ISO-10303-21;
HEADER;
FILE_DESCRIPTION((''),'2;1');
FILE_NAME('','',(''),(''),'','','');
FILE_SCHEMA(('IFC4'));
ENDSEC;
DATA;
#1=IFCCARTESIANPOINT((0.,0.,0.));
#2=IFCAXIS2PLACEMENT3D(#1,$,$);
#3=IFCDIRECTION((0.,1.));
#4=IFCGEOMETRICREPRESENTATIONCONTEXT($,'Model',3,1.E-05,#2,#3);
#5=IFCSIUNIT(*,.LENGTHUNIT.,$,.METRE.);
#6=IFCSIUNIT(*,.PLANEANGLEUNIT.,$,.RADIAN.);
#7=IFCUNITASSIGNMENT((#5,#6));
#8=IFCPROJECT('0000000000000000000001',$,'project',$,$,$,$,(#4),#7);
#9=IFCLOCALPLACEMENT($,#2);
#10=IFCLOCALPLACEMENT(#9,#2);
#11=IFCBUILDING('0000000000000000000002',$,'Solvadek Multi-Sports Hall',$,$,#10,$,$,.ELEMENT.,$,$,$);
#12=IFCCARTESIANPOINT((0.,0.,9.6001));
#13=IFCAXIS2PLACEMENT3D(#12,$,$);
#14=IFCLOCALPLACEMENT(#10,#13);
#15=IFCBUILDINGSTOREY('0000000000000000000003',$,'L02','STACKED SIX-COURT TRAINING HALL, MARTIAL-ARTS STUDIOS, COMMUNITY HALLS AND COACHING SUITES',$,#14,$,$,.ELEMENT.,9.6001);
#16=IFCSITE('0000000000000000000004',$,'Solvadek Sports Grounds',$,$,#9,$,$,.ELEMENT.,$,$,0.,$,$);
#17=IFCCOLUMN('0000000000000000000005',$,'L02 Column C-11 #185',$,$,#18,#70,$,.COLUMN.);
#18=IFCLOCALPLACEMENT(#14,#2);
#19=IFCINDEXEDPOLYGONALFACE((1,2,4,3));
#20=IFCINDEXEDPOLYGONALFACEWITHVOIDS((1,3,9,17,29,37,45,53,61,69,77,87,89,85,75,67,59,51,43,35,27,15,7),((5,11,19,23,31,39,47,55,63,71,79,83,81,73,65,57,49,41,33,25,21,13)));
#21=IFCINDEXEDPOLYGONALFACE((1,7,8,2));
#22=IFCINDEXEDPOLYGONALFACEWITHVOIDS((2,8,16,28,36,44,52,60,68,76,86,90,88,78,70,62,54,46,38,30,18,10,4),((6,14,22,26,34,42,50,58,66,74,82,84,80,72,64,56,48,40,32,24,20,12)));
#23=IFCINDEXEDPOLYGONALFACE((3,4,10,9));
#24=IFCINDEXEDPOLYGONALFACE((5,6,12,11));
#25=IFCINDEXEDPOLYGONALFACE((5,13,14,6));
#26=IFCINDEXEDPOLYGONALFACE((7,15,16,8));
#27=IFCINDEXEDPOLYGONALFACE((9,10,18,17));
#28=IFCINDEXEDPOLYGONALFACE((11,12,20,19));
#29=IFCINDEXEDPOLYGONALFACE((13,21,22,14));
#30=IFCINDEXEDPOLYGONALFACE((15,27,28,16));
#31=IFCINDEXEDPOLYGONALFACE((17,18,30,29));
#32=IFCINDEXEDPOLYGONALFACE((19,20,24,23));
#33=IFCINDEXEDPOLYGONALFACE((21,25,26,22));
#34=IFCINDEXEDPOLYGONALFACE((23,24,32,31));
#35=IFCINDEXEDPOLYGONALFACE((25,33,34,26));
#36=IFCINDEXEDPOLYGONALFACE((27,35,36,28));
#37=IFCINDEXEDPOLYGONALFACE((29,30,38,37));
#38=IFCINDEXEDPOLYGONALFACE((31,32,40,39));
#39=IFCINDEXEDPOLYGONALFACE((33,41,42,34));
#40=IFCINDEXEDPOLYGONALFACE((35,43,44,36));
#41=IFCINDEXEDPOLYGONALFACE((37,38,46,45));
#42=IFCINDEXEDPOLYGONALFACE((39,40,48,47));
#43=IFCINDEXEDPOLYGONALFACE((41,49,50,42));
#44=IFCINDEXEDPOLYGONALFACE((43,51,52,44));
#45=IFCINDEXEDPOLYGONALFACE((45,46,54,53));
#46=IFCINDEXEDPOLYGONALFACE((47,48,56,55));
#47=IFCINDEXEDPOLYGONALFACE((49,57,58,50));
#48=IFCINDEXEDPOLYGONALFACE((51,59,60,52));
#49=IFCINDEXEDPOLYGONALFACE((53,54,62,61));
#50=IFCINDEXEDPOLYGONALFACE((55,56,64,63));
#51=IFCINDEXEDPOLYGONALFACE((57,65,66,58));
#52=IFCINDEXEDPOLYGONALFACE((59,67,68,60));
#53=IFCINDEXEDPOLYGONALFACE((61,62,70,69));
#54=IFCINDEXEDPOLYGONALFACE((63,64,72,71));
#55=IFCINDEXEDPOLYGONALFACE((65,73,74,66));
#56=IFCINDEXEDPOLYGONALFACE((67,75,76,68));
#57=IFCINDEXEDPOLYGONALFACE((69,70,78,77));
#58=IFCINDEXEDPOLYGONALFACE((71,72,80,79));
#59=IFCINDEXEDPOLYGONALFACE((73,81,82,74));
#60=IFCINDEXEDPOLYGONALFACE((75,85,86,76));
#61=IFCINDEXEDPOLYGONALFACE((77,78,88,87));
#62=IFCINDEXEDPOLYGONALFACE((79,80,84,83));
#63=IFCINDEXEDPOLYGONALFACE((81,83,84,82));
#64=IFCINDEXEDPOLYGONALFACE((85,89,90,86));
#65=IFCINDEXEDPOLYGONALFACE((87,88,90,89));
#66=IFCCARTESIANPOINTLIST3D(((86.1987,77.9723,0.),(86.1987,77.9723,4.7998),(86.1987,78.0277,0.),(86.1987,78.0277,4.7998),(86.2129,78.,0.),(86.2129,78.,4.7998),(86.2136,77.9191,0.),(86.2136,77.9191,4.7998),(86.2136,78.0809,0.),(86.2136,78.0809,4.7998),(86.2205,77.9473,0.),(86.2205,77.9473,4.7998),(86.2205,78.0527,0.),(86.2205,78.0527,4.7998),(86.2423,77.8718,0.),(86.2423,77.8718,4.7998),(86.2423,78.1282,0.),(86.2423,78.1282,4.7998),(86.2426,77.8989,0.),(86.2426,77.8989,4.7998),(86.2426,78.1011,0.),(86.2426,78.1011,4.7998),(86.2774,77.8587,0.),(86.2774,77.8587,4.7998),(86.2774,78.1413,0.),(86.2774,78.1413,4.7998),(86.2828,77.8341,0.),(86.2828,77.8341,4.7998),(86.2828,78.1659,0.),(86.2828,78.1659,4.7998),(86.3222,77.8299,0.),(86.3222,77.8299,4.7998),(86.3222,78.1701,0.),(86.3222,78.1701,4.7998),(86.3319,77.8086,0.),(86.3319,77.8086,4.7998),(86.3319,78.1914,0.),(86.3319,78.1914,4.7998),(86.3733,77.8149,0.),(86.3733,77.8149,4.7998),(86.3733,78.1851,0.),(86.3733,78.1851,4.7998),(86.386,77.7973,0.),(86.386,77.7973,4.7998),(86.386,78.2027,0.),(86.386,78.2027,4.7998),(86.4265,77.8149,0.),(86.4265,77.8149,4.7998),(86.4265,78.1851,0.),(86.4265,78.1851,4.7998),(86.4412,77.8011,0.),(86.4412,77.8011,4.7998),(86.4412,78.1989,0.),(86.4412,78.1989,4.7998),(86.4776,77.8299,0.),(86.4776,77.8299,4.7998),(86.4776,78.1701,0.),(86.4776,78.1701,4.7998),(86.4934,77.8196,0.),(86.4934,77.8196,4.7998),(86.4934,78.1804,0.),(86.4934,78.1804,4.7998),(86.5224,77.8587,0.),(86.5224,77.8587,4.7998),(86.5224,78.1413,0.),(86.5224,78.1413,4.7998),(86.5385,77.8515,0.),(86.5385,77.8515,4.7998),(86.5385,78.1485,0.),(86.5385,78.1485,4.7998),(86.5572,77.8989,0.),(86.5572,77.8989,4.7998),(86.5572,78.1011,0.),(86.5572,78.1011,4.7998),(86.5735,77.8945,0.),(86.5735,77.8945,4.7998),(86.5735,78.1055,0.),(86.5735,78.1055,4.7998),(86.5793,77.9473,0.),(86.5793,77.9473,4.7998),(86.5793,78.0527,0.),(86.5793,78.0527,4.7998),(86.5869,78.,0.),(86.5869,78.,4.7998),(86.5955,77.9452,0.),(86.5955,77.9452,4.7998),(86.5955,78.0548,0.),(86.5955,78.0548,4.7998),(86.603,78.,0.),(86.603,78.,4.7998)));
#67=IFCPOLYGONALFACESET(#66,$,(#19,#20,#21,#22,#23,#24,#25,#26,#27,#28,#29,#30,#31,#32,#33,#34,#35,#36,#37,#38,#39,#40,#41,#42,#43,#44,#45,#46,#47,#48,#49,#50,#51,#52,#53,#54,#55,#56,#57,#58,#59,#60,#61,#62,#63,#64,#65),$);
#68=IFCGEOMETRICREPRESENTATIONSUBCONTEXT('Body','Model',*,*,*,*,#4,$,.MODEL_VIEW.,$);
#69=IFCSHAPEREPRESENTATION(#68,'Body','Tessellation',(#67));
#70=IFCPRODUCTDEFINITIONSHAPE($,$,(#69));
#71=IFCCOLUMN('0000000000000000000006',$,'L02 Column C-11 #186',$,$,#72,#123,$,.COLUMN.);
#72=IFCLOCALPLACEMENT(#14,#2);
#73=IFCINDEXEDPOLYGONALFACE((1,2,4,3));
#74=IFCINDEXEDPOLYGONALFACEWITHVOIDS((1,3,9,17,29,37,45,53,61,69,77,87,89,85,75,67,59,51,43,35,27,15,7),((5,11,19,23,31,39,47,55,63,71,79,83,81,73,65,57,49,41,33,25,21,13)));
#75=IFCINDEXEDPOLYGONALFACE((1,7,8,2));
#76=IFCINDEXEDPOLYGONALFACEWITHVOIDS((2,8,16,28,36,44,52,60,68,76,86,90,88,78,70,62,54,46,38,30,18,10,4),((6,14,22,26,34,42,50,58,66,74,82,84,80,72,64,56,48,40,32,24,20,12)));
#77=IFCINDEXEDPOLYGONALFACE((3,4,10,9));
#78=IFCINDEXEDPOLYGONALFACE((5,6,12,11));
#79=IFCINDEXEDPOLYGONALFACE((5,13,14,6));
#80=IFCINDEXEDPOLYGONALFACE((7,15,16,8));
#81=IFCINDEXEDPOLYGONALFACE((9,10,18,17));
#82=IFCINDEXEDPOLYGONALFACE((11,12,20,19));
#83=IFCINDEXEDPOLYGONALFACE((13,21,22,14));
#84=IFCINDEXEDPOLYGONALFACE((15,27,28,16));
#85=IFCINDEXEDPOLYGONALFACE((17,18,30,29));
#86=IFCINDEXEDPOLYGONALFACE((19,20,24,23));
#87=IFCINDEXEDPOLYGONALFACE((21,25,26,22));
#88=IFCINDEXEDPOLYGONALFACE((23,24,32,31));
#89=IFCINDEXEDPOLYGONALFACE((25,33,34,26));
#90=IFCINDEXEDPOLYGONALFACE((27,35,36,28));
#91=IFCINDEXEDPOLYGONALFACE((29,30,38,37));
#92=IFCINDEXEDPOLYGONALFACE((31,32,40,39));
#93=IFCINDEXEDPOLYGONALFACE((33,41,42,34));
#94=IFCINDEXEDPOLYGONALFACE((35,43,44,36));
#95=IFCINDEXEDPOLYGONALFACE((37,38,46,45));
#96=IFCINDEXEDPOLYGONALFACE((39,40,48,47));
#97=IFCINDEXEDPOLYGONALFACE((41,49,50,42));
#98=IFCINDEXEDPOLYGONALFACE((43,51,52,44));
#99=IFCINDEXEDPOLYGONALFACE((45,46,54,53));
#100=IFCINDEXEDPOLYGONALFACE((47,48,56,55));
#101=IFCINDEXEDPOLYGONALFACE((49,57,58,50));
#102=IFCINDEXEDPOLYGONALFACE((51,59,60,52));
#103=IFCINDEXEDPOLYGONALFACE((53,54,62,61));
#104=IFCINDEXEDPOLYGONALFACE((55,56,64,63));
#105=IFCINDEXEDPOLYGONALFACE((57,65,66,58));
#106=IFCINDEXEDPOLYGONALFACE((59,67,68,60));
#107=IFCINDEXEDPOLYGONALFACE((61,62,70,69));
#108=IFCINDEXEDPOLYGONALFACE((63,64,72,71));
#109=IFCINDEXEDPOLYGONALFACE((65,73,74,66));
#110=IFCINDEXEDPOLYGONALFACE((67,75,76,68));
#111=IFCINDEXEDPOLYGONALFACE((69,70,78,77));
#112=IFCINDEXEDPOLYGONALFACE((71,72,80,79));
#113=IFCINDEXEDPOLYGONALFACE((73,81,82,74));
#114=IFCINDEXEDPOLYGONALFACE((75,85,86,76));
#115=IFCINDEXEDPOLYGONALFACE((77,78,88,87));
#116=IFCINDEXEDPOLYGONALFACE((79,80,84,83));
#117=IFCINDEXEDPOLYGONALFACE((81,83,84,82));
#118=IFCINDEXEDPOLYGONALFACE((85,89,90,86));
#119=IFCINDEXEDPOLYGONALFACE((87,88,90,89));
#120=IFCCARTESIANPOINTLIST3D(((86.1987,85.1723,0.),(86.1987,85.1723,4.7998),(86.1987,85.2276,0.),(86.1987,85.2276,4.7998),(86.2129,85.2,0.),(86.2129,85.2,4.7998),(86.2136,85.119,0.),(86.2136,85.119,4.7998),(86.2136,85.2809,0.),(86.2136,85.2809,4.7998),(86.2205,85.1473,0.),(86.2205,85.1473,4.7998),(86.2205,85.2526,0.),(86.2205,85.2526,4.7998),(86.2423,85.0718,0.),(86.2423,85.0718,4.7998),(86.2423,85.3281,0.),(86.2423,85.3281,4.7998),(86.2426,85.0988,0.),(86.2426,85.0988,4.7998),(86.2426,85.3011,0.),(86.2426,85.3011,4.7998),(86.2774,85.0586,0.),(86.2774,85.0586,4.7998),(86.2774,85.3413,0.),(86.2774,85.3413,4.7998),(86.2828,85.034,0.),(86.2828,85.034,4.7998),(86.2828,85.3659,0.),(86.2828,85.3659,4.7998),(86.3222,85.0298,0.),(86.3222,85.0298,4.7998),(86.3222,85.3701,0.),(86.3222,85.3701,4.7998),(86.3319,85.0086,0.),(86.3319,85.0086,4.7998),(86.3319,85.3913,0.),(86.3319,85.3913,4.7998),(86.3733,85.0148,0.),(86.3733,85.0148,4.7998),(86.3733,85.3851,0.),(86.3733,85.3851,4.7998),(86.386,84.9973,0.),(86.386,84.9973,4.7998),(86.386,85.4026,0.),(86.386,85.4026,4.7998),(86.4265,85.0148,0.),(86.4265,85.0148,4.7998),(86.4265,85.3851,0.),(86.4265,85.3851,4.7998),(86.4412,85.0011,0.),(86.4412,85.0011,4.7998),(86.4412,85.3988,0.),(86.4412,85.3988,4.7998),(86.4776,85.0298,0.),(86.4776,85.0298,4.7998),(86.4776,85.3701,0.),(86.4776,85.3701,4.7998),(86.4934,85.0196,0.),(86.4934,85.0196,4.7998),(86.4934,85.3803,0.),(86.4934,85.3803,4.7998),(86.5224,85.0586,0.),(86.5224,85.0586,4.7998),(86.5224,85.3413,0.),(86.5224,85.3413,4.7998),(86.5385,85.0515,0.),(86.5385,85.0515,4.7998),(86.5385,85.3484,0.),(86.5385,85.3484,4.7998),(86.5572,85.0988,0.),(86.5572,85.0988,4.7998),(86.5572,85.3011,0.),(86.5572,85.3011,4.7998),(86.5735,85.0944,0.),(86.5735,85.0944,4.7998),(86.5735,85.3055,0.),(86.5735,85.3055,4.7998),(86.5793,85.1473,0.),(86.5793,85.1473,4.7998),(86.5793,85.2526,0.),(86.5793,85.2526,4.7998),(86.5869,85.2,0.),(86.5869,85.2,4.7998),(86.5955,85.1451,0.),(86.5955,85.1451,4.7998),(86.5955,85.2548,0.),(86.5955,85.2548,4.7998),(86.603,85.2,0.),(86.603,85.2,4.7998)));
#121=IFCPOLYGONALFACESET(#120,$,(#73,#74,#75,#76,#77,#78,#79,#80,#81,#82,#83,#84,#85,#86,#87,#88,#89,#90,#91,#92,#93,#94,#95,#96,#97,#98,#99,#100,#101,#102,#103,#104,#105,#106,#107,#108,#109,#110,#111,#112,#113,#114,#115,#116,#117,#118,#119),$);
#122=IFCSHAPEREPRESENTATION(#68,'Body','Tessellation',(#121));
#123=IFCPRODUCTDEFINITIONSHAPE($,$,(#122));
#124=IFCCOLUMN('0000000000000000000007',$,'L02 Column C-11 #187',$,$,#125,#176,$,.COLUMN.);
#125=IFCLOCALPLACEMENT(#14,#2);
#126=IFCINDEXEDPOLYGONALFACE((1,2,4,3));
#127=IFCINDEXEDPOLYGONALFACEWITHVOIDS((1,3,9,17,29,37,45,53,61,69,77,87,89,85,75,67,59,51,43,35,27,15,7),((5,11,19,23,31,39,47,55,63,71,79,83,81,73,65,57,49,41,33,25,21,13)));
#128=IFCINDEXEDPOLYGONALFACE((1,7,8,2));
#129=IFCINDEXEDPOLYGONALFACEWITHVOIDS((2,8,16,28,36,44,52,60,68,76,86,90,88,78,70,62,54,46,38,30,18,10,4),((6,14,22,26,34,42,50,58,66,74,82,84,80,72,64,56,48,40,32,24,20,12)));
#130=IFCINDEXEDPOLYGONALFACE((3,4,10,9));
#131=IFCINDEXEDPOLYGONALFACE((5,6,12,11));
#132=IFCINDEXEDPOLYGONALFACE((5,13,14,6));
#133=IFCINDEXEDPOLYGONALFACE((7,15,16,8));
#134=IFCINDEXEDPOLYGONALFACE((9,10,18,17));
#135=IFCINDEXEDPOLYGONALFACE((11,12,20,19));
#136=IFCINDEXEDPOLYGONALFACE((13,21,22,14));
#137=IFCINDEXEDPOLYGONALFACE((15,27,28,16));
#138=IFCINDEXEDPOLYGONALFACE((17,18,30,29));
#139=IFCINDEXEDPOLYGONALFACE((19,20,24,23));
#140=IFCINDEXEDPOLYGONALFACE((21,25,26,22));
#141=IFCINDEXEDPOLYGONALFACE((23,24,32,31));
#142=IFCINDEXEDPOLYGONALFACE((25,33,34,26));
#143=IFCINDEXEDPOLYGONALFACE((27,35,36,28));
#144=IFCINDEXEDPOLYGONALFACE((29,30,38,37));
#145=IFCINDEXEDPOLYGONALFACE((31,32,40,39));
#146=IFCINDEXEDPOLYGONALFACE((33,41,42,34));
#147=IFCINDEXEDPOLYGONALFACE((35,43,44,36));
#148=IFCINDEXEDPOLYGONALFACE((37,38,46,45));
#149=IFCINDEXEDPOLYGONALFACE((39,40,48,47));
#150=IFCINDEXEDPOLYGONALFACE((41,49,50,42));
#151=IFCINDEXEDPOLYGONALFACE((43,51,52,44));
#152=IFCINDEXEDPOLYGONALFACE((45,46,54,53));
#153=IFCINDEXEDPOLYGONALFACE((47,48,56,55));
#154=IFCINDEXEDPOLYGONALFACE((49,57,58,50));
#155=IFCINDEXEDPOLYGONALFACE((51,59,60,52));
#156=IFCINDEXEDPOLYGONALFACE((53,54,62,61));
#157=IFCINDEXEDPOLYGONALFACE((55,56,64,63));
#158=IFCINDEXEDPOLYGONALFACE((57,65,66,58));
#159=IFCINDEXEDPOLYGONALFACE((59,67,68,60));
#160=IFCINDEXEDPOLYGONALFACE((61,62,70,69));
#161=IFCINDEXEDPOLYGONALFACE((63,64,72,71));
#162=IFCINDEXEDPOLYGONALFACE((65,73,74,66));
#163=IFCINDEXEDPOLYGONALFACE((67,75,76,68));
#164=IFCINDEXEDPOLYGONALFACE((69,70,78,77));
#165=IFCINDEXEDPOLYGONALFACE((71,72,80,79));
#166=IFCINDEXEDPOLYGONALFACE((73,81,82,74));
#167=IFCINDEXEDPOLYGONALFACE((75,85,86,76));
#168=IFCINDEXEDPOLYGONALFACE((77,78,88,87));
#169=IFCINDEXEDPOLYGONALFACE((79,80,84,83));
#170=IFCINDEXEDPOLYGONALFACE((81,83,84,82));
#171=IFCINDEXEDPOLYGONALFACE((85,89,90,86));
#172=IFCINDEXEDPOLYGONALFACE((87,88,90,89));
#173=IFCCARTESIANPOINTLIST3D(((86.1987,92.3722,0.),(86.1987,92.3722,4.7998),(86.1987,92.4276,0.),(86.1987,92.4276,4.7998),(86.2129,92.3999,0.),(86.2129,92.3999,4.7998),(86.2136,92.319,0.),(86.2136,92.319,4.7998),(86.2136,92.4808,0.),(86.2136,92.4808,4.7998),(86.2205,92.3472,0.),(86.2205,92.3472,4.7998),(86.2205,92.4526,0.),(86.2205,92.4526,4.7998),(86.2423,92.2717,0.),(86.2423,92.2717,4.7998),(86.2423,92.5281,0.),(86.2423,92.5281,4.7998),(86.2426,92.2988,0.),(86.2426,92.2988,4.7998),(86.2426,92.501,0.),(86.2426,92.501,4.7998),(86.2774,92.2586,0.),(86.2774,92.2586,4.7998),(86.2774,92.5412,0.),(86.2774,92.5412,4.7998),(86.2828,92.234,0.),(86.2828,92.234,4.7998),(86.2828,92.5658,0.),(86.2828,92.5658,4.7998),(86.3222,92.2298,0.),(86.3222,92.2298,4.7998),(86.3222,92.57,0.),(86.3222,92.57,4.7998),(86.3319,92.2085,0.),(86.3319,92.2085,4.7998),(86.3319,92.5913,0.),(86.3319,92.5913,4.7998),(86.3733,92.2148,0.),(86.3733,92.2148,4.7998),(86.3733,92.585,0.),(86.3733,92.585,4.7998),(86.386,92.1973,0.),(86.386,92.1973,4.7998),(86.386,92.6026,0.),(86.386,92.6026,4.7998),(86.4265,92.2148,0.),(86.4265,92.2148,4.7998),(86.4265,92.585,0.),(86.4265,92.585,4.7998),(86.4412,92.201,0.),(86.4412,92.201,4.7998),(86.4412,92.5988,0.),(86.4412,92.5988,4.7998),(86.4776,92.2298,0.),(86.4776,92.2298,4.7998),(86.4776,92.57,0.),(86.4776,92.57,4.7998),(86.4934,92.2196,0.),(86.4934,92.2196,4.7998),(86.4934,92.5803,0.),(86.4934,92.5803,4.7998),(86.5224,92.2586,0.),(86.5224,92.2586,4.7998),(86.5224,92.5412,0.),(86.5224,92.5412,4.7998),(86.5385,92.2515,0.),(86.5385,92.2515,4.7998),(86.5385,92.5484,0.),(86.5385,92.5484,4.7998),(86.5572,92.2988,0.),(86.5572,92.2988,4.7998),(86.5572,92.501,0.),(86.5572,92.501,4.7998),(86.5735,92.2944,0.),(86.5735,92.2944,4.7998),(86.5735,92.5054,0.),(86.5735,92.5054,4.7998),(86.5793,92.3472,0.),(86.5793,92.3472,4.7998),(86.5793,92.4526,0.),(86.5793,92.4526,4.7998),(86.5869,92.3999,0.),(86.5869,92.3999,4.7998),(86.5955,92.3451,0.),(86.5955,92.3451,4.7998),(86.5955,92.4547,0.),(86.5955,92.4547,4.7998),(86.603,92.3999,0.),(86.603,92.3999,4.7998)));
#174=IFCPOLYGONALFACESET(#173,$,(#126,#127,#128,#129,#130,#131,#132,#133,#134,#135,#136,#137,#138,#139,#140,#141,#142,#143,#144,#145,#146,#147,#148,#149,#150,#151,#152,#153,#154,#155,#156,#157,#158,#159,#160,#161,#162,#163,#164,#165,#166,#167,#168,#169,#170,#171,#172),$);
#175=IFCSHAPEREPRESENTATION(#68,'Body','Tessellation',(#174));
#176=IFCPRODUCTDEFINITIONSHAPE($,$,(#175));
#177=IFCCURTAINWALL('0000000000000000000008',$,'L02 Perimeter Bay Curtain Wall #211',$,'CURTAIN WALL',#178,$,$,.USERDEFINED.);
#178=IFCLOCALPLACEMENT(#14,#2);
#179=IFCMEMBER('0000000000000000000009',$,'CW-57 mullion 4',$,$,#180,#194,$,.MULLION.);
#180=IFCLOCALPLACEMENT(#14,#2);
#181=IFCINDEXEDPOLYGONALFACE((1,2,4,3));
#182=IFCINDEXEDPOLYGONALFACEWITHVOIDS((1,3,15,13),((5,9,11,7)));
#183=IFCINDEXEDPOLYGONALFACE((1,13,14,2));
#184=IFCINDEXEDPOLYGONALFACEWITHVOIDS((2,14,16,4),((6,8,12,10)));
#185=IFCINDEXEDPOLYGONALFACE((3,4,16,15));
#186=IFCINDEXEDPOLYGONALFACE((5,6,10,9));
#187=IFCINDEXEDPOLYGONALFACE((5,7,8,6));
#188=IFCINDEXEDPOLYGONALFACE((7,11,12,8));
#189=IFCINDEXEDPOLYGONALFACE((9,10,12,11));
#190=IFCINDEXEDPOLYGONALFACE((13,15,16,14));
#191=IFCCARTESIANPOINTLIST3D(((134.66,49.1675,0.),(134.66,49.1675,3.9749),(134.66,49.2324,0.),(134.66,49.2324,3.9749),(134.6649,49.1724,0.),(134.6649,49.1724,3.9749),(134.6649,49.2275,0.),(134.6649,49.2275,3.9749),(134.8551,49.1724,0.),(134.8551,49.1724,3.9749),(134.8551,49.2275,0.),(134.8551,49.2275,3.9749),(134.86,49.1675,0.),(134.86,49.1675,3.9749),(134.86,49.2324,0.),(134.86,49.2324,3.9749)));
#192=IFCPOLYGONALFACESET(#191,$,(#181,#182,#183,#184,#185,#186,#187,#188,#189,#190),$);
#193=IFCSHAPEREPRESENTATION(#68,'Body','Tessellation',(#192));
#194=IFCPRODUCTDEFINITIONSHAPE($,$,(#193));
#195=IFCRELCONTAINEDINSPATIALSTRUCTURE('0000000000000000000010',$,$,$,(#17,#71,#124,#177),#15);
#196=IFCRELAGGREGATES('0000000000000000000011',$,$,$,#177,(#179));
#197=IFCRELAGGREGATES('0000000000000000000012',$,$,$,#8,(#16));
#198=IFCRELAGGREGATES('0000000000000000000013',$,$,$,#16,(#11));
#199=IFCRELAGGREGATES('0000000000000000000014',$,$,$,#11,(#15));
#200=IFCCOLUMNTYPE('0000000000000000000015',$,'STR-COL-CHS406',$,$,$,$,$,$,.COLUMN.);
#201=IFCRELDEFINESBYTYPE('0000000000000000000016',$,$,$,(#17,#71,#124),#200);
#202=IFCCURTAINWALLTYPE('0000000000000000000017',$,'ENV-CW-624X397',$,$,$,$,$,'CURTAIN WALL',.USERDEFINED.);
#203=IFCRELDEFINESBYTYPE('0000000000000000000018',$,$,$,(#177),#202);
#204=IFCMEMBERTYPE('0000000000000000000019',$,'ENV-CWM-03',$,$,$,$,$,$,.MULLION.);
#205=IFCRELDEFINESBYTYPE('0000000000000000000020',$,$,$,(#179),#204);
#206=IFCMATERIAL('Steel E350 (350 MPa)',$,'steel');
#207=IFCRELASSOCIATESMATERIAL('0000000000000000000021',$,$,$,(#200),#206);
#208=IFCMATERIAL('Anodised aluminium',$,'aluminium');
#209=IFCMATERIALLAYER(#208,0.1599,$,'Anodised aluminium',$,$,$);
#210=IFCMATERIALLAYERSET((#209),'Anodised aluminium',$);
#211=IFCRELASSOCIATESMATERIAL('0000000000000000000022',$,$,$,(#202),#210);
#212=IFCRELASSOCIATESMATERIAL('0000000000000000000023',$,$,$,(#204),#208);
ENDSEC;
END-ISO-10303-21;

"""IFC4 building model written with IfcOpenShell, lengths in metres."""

from ifc_helpers import new_model, si_unit, direction, frame, origin, origin_2d, place, context, subcontext, project, spatial, hollow_rectangle, hollow_circle, extrude, material, layer, layer_set, material_profile, profile_set, type_object, element, aggregate, save


model = new_model("IFC4")

# Units and contexts
model_context = context("Model", 3, precision=1e-05, world=origin(), true_north=direction((0.0, 1.0)))
body_context = subcontext(model_context, "Body", "Model", "MODEL_VIEW")
ifc_project = project(units=[si_unit("LENGTHUNIT", "METRE"), si_unit("PLANEANGLEUNIT", "RADIAN")], contexts=[model_context])

# Site, building, storey
site_placement = place(None, origin())
site = spatial("IfcSite", under=ifc_project, at=site_placement, Name="Solvadek Sports Grounds", CompositionType="ELEMENT", RefElevation=0.0)
building_placement = place(site_placement, origin())
building = spatial("IfcBuilding", under=site, at=building_placement, Name="Solvadek Multi-Sports Hall", CompositionType="ELEMENT")
storey_placement = place(building_placement, frame((0.0, 0.0, 9.6001)))
storey = spatial("IfcBuildingStorey", under=building, at=storey_placement, Name="L02", Description="STACKED SIX-COURT TRAINING HALL, MARTIAL-ARTS STUDIOS, COMMUNITY HALLS AND COACHING SUITES", CompositionType="ELEMENT", Elevation=9.6001)

# Columns
ifc_material_1 = material(Name="Steel E350 (350 MPa)", Category="steel")
ifc_material_profile_1 = material_profile(ifc_material_1, hollow_circle(Radius=0.2031, WallThickness=0.0161, at=origin_2d()), Name="CHS 406.4x16")
ifc_profile_set_1 = profile_set([ifc_material_profile_1], Name="Steel E350 (350 MPa)")
column_type = type_object("IfcColumnType", Name="STR-COL-CHS406", PredefinedType="COLUMN", material=ifc_profile_set_1)
for number, where, z_axis, x_axis, name in (
    (1, (86.3999, 78.0, 0.0), (0.0, 0.0, 1.0), (1.0, 0.0, 0.0), "L02 Column C-11 #185"),
    (2, (86.3999, 85.2, 0.0), (0.0, 0.0, 1.0), (1.0, 0.0, 0.0), "L02 Column C-11 #186"),
    (3, (86.3999, 92.3999, 0.0), (0.0, 0.0, 1.0), (1.0, 0.0, 0.0), "L02 Column C-11 #187"),
):
    element("IfcColumn", number, at=place(storey_placement, frame(where, z_axis=z_axis, x_axis=x_axis)), inside=storey, type_object=column_type, Name=name, PredefinedType="COLUMN", context=body_context, shape_type="SweptSolid", body=[
        extrude(hollow_circle(Radius=0.2031, WallThickness=0.0161, at=origin_2d()), origin(), (0.0, 0.0, 1.0), 4.7998),
    ])

# Curtain wall, member
ifc_material_2 = material(Name="Anodised aluminium", Category="aluminium")
ifc_layer_1 = layer(ifc_material_2, 0.1599, Name="Anodised aluminium")
ifc_layer_set_1 = layer_set([ifc_layer_1], Name="Anodised aluminium")
curtain_wall_type = type_object("IfcCurtainWallType", Name="ENV-CW-624X397", ElementType="CURTAIN WALL", PredefinedType="USERDEFINED", material=ifc_layer_set_1)
curtain_wall_placement = place(storey_placement, origin())
curtain_wall = element("IfcCurtainWall", 4, at=curtain_wall_placement, inside=storey, type_object=curtain_wall_type, Name="L02 Perimeter Bay Curtain Wall #211", ObjectType="CURTAIN WALL", PredefinedType="USERDEFINED")
ifc_material_profile_2 = material_profile(ifc_material_2, hollow_rectangle(XDim=0.0649, YDim=0.2, WallThickness=0.0049, at=origin_2d()), Name="ALU-M 200x65x5")
ifc_profile_set_2 = profile_set([ifc_material_profile_2], Name="Anodised aluminium")
member_type_1 = type_object("IfcMemberType", Name="ENV-CWM-03", PredefinedType="MULLION", material=ifc_profile_set_2)
member_1_placement = place(storey_placement, frame((134.76, 49.2, 0.0), z_axis=(0.0, 0.0, 1.0), x_axis=(0.0, 1.0, 0.0)))
member_1 = element("IfcMember", 5, at=member_1_placement, type_object=member_type_1, Name="CW-57 mullion 4", PredefinedType="MULLION", context=body_context, shape_type="SweptSolid", body=[
    extrude(hollow_rectangle(XDim=0.0649, YDim=0.2, WallThickness=0.0049, at=origin_2d()), origin(), (0.0, 0.0, 1.0), 3.9749),
])

aggregate(curtain_wall, [member_1])

save(model, "model.ifc")
